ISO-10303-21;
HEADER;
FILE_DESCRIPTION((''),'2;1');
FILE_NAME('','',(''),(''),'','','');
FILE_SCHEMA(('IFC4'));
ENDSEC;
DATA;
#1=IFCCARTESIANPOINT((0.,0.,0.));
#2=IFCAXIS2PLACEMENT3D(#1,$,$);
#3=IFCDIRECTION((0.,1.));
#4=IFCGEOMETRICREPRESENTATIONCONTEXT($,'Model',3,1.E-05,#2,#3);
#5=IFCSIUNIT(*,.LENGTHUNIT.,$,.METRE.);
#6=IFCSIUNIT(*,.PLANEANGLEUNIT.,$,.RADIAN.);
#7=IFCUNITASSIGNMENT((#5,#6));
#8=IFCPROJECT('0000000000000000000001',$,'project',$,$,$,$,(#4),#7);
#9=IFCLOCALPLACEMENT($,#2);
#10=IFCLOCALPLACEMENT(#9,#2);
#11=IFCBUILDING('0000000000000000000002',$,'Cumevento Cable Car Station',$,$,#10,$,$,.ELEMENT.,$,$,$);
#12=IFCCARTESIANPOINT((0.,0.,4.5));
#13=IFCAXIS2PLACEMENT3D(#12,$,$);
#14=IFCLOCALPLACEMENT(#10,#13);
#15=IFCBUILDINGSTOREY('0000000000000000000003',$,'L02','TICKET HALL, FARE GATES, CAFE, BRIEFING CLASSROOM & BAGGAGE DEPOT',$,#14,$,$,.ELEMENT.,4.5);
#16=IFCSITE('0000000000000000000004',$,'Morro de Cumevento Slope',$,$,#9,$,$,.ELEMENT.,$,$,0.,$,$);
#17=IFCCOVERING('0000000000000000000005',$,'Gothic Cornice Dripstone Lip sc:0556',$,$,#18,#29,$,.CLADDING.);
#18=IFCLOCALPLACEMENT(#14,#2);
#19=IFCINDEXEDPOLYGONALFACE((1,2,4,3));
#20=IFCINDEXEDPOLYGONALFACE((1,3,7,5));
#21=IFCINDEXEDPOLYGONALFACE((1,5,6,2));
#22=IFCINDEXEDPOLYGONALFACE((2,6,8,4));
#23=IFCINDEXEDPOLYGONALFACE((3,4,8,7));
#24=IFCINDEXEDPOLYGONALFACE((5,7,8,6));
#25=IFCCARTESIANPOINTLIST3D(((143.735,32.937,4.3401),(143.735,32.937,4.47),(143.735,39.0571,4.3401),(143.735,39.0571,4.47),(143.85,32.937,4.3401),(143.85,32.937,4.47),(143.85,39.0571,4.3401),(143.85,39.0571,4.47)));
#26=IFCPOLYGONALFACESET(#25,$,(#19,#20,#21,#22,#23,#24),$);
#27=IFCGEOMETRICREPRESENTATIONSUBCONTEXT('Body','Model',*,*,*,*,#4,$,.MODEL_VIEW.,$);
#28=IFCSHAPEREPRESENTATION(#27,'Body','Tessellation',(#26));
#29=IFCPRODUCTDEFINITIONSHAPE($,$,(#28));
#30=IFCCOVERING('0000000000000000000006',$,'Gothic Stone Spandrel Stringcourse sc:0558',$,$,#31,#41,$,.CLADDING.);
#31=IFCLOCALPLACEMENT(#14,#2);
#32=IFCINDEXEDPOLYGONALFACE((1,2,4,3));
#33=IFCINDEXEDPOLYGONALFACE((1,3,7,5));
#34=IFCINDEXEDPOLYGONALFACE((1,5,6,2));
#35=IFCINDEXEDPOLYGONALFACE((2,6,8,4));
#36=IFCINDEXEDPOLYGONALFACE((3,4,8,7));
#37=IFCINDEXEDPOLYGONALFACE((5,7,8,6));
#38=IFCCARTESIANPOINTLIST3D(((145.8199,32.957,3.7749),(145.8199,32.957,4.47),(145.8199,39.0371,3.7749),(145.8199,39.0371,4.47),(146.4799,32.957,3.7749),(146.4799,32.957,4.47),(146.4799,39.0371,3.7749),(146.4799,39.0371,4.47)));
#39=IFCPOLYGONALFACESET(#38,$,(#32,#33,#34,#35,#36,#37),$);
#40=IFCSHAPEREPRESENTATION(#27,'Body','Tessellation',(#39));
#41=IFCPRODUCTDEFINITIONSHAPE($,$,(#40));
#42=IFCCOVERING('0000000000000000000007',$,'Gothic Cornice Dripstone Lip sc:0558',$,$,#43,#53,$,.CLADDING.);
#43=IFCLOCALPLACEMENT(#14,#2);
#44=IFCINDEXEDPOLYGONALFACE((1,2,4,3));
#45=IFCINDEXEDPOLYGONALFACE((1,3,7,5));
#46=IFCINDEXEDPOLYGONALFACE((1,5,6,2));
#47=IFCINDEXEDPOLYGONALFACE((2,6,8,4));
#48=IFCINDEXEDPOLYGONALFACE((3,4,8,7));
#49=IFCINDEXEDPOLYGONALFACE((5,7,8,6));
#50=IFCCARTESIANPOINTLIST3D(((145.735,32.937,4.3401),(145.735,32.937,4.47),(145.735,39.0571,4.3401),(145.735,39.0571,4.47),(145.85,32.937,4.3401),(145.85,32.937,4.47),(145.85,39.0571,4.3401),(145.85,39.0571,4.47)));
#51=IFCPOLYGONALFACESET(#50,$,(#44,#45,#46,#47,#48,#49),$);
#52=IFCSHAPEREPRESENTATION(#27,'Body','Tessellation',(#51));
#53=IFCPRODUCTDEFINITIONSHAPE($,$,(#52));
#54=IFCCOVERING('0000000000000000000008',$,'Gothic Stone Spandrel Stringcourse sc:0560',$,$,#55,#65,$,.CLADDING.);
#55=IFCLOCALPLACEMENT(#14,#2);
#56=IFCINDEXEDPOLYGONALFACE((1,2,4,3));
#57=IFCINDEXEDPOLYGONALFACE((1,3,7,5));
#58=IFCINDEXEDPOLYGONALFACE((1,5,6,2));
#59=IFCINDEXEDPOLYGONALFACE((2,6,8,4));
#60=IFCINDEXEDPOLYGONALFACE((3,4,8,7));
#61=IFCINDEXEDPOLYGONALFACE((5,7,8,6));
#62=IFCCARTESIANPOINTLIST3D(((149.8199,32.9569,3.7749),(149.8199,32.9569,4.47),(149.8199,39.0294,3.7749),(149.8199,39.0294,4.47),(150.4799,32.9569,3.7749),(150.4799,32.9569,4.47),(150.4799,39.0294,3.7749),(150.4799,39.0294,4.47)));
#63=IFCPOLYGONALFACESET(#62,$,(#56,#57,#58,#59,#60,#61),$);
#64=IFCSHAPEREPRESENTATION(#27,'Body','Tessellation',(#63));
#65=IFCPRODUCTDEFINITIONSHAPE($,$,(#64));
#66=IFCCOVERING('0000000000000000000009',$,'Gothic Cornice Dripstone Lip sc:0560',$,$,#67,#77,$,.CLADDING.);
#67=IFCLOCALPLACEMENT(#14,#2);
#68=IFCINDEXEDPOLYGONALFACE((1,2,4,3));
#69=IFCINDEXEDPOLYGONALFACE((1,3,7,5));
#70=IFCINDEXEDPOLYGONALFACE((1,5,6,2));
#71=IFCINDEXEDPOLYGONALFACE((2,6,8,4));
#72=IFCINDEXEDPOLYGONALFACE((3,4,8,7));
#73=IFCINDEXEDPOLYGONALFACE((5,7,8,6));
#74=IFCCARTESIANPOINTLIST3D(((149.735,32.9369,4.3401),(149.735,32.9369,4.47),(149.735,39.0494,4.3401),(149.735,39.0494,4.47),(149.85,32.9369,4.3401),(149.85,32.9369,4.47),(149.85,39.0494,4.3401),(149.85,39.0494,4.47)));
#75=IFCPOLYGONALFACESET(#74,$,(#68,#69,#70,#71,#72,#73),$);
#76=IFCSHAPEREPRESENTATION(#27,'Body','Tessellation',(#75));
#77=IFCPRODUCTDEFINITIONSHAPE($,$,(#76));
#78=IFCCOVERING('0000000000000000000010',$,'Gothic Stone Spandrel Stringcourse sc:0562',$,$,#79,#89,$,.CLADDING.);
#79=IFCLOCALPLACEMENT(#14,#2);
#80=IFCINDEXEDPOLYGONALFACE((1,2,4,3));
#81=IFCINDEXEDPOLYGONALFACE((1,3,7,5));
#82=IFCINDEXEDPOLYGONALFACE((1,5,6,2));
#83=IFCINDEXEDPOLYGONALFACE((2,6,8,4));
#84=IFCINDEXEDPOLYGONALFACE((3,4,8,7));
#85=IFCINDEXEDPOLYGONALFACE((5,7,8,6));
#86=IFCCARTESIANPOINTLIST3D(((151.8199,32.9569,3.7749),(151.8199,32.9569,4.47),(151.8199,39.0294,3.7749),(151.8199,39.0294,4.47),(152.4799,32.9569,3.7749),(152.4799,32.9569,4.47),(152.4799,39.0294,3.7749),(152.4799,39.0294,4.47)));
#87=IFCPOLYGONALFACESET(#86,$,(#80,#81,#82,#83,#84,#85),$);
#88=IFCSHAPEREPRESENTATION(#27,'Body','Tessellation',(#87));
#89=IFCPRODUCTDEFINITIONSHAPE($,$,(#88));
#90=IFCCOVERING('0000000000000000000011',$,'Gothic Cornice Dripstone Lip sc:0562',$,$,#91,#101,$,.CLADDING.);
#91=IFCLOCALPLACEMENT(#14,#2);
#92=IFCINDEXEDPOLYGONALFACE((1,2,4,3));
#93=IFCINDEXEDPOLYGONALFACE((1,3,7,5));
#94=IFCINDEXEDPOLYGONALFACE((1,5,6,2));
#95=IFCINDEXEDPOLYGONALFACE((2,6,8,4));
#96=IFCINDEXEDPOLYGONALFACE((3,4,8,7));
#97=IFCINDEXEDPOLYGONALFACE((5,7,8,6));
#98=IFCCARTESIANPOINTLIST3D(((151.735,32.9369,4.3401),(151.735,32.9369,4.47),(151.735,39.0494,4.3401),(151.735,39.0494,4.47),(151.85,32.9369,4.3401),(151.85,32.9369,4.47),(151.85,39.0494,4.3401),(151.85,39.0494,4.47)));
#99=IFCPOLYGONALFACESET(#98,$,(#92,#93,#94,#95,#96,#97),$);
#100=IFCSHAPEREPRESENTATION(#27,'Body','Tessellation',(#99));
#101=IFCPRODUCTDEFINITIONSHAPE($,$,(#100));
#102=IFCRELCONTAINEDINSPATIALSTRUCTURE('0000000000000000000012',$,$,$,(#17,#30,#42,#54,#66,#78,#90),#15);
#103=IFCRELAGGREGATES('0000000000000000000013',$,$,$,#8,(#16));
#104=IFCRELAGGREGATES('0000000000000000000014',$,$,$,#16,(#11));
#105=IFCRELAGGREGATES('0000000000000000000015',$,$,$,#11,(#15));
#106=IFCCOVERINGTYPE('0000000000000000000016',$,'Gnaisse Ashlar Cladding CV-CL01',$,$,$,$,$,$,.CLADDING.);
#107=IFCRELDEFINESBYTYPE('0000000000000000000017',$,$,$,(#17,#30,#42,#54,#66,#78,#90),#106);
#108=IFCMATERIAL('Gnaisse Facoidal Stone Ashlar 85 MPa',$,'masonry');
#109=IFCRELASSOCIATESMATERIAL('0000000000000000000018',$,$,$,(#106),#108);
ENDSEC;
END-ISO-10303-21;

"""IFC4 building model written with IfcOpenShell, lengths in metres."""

from ifc_helpers import new_model, si_unit, direction, frame, origin, origin_2d, place, context, subcontext, project, spatial, rectangle, extrude, material, type_object, element, save


model = new_model("IFC4")

# Units and contexts
model_context = context("Model", 3, precision=1e-05, world=origin(), true_north=direction((0.0, 1.0)))
body_context = subcontext(model_context, "Body", "Model", "MODEL_VIEW")
ifc_project = project(units=[si_unit("LENGTHUNIT", "METRE"), si_unit("PLANEANGLEUNIT", "RADIAN")], contexts=[model_context])

# Site, building, storey
site_placement = place(None, origin())
site = spatial("IfcSite", under=ifc_project, at=site_placement, Name="Morro de Cumevento Slope", CompositionType="ELEMENT", RefElevation=0.0)
building_placement = place(site_placement, origin())
building = spatial("IfcBuilding", under=site, at=building_placement, Name="Cumevento Cable Car Station", CompositionType="ELEMENT")
storey_placement = place(building_placement, frame((0.0, 0.0, 4.5)))
storey = spatial("IfcBuildingStorey", under=building, at=storey_placement, Name="L02", Description="TICKET HALL, FARE GATES, CAFE, BRIEFING CLASSROOM & BAGGAGE DEPOT", CompositionType="ELEMENT", Elevation=4.5)

# Coverings
ifc_material_1 = material(Name="Gnaisse Facoidal Stone Ashlar 85 MPa", Category="masonry")
covering_type = type_object("IfcCoveringType", Name="Gnaisse Ashlar Cladding CV-CL01", PredefinedType="CLADDING", material=ifc_material_1)
covering_1_placement = place(storey_placement, frame((143.7925, 35.9971, 4.3401), z_axis=(0.0, 0.0, 1.0), x_axis=(0.0, 1.0, 0.0)))
element("IfcCovering", 1, at=covering_1_placement, inside=storey, type_object=covering_type, Name="Gothic Cornice Dripstone Lip sc:0556", PredefinedType="CLADDING", context=body_context, shape_type="SweptSolid", body=[
    extrude(rectangle(XDim=6.1201, YDim=0.115, at=origin_2d()), origin(), (0.0, 0.0, 1.0), 0.1299),
])
covering_2_placement = place(storey_placement, frame((146.1499, 35.9971, 3.7749), z_axis=(0.0, 0.0, 1.0), x_axis=(0.0, 1.0, 0.0)))
element("IfcCovering", 2, at=covering_2_placement, inside=storey, type_object=covering_type, Name="Gothic Stone Spandrel Stringcourse sc:0558", PredefinedType="CLADDING", context=body_context, shape_type="SweptSolid", body=[
    extrude(rectangle(XDim=6.0801, YDim=0.6599, at=origin_2d()), origin(), (0.0, 0.0, 1.0), 0.6951),
])
covering_3_placement = place(storey_placement, frame((145.7925, 35.9971, 4.3401), z_axis=(0.0, 0.0, 1.0), x_axis=(0.0, 1.0, 0.0)))
element("IfcCovering", 3, at=covering_3_placement, inside=storey, type_object=covering_type, Name="Gothic Cornice Dripstone Lip sc:0558", PredefinedType="CLADDING", context=body_context, shape_type="SweptSolid", body=[
    extrude(rectangle(XDim=6.1201, YDim=0.115, at=origin_2d()), origin(), (0.0, 0.0, 1.0), 0.1299),
])
covering_4_placement = place(storey_placement, frame((150.1499, 35.9932, 3.7749), z_axis=(0.0, 0.0, 1.0), x_axis=(0.0, 1.0, 0.0)))
element("IfcCovering", 4, at=covering_4_placement, inside=storey, type_object=covering_type, Name="Gothic Stone Spandrel Stringcourse sc:0560", PredefinedType="CLADDING", context=body_context, shape_type="SweptSolid", body=[
    extrude(rectangle(XDim=6.0725, YDim=0.6599, at=origin_2d()), origin(), (0.0, 0.0, 1.0), 0.6951),
])
covering_5_placement = place(storey_placement, frame((149.7925, 35.9932, 4.3401), z_axis=(0.0, 0.0, 1.0), x_axis=(0.0, 1.0, 0.0)))
element("IfcCovering", 5, at=covering_5_placement, inside=storey, type_object=covering_type, Name="Gothic Cornice Dripstone Lip sc:0560", PredefinedType="CLADDING", context=body_context, shape_type="SweptSolid", body=[
    extrude(rectangle(XDim=6.1125, YDim=0.115, at=origin_2d()), origin(), (0.0, 0.0, 1.0), 0.1299),
])
covering_6_placement = place(storey_placement, frame((152.1499, 35.9932, 3.7749), z_axis=(0.0, 0.0, 1.0), x_axis=(0.0, 1.0, 0.0)))
element("IfcCovering", 6, at=covering_6_placement, inside=storey, type_object=covering_type, Name="Gothic Stone Spandrel Stringcourse sc:0562", PredefinedType="CLADDING", context=body_context, shape_type="SweptSolid", body=[
    extrude(rectangle(XDim=6.0725, YDim=0.6599, at=origin_2d()), origin(), (0.0, 0.0, 1.0), 0.6951),
])
covering_7_placement = place(storey_placement, frame((151.7925, 35.9932, 4.3401), z_axis=(0.0, 0.0, 1.0), x_axis=(0.0, 1.0, 0.0)))
element("IfcCovering", 7, at=covering_7_placement, inside=storey, type_object=covering_type, Name="Gothic Cornice Dripstone Lip sc:0562", PredefinedType="CLADDING", context=body_context, shape_type="SweptSolid", body=[
    extrude(rectangle(XDim=6.1125, YDim=0.115, at=origin_2d()), origin(), (0.0, 0.0, 1.0), 0.1299),
])

save(model, "model.ifc")
